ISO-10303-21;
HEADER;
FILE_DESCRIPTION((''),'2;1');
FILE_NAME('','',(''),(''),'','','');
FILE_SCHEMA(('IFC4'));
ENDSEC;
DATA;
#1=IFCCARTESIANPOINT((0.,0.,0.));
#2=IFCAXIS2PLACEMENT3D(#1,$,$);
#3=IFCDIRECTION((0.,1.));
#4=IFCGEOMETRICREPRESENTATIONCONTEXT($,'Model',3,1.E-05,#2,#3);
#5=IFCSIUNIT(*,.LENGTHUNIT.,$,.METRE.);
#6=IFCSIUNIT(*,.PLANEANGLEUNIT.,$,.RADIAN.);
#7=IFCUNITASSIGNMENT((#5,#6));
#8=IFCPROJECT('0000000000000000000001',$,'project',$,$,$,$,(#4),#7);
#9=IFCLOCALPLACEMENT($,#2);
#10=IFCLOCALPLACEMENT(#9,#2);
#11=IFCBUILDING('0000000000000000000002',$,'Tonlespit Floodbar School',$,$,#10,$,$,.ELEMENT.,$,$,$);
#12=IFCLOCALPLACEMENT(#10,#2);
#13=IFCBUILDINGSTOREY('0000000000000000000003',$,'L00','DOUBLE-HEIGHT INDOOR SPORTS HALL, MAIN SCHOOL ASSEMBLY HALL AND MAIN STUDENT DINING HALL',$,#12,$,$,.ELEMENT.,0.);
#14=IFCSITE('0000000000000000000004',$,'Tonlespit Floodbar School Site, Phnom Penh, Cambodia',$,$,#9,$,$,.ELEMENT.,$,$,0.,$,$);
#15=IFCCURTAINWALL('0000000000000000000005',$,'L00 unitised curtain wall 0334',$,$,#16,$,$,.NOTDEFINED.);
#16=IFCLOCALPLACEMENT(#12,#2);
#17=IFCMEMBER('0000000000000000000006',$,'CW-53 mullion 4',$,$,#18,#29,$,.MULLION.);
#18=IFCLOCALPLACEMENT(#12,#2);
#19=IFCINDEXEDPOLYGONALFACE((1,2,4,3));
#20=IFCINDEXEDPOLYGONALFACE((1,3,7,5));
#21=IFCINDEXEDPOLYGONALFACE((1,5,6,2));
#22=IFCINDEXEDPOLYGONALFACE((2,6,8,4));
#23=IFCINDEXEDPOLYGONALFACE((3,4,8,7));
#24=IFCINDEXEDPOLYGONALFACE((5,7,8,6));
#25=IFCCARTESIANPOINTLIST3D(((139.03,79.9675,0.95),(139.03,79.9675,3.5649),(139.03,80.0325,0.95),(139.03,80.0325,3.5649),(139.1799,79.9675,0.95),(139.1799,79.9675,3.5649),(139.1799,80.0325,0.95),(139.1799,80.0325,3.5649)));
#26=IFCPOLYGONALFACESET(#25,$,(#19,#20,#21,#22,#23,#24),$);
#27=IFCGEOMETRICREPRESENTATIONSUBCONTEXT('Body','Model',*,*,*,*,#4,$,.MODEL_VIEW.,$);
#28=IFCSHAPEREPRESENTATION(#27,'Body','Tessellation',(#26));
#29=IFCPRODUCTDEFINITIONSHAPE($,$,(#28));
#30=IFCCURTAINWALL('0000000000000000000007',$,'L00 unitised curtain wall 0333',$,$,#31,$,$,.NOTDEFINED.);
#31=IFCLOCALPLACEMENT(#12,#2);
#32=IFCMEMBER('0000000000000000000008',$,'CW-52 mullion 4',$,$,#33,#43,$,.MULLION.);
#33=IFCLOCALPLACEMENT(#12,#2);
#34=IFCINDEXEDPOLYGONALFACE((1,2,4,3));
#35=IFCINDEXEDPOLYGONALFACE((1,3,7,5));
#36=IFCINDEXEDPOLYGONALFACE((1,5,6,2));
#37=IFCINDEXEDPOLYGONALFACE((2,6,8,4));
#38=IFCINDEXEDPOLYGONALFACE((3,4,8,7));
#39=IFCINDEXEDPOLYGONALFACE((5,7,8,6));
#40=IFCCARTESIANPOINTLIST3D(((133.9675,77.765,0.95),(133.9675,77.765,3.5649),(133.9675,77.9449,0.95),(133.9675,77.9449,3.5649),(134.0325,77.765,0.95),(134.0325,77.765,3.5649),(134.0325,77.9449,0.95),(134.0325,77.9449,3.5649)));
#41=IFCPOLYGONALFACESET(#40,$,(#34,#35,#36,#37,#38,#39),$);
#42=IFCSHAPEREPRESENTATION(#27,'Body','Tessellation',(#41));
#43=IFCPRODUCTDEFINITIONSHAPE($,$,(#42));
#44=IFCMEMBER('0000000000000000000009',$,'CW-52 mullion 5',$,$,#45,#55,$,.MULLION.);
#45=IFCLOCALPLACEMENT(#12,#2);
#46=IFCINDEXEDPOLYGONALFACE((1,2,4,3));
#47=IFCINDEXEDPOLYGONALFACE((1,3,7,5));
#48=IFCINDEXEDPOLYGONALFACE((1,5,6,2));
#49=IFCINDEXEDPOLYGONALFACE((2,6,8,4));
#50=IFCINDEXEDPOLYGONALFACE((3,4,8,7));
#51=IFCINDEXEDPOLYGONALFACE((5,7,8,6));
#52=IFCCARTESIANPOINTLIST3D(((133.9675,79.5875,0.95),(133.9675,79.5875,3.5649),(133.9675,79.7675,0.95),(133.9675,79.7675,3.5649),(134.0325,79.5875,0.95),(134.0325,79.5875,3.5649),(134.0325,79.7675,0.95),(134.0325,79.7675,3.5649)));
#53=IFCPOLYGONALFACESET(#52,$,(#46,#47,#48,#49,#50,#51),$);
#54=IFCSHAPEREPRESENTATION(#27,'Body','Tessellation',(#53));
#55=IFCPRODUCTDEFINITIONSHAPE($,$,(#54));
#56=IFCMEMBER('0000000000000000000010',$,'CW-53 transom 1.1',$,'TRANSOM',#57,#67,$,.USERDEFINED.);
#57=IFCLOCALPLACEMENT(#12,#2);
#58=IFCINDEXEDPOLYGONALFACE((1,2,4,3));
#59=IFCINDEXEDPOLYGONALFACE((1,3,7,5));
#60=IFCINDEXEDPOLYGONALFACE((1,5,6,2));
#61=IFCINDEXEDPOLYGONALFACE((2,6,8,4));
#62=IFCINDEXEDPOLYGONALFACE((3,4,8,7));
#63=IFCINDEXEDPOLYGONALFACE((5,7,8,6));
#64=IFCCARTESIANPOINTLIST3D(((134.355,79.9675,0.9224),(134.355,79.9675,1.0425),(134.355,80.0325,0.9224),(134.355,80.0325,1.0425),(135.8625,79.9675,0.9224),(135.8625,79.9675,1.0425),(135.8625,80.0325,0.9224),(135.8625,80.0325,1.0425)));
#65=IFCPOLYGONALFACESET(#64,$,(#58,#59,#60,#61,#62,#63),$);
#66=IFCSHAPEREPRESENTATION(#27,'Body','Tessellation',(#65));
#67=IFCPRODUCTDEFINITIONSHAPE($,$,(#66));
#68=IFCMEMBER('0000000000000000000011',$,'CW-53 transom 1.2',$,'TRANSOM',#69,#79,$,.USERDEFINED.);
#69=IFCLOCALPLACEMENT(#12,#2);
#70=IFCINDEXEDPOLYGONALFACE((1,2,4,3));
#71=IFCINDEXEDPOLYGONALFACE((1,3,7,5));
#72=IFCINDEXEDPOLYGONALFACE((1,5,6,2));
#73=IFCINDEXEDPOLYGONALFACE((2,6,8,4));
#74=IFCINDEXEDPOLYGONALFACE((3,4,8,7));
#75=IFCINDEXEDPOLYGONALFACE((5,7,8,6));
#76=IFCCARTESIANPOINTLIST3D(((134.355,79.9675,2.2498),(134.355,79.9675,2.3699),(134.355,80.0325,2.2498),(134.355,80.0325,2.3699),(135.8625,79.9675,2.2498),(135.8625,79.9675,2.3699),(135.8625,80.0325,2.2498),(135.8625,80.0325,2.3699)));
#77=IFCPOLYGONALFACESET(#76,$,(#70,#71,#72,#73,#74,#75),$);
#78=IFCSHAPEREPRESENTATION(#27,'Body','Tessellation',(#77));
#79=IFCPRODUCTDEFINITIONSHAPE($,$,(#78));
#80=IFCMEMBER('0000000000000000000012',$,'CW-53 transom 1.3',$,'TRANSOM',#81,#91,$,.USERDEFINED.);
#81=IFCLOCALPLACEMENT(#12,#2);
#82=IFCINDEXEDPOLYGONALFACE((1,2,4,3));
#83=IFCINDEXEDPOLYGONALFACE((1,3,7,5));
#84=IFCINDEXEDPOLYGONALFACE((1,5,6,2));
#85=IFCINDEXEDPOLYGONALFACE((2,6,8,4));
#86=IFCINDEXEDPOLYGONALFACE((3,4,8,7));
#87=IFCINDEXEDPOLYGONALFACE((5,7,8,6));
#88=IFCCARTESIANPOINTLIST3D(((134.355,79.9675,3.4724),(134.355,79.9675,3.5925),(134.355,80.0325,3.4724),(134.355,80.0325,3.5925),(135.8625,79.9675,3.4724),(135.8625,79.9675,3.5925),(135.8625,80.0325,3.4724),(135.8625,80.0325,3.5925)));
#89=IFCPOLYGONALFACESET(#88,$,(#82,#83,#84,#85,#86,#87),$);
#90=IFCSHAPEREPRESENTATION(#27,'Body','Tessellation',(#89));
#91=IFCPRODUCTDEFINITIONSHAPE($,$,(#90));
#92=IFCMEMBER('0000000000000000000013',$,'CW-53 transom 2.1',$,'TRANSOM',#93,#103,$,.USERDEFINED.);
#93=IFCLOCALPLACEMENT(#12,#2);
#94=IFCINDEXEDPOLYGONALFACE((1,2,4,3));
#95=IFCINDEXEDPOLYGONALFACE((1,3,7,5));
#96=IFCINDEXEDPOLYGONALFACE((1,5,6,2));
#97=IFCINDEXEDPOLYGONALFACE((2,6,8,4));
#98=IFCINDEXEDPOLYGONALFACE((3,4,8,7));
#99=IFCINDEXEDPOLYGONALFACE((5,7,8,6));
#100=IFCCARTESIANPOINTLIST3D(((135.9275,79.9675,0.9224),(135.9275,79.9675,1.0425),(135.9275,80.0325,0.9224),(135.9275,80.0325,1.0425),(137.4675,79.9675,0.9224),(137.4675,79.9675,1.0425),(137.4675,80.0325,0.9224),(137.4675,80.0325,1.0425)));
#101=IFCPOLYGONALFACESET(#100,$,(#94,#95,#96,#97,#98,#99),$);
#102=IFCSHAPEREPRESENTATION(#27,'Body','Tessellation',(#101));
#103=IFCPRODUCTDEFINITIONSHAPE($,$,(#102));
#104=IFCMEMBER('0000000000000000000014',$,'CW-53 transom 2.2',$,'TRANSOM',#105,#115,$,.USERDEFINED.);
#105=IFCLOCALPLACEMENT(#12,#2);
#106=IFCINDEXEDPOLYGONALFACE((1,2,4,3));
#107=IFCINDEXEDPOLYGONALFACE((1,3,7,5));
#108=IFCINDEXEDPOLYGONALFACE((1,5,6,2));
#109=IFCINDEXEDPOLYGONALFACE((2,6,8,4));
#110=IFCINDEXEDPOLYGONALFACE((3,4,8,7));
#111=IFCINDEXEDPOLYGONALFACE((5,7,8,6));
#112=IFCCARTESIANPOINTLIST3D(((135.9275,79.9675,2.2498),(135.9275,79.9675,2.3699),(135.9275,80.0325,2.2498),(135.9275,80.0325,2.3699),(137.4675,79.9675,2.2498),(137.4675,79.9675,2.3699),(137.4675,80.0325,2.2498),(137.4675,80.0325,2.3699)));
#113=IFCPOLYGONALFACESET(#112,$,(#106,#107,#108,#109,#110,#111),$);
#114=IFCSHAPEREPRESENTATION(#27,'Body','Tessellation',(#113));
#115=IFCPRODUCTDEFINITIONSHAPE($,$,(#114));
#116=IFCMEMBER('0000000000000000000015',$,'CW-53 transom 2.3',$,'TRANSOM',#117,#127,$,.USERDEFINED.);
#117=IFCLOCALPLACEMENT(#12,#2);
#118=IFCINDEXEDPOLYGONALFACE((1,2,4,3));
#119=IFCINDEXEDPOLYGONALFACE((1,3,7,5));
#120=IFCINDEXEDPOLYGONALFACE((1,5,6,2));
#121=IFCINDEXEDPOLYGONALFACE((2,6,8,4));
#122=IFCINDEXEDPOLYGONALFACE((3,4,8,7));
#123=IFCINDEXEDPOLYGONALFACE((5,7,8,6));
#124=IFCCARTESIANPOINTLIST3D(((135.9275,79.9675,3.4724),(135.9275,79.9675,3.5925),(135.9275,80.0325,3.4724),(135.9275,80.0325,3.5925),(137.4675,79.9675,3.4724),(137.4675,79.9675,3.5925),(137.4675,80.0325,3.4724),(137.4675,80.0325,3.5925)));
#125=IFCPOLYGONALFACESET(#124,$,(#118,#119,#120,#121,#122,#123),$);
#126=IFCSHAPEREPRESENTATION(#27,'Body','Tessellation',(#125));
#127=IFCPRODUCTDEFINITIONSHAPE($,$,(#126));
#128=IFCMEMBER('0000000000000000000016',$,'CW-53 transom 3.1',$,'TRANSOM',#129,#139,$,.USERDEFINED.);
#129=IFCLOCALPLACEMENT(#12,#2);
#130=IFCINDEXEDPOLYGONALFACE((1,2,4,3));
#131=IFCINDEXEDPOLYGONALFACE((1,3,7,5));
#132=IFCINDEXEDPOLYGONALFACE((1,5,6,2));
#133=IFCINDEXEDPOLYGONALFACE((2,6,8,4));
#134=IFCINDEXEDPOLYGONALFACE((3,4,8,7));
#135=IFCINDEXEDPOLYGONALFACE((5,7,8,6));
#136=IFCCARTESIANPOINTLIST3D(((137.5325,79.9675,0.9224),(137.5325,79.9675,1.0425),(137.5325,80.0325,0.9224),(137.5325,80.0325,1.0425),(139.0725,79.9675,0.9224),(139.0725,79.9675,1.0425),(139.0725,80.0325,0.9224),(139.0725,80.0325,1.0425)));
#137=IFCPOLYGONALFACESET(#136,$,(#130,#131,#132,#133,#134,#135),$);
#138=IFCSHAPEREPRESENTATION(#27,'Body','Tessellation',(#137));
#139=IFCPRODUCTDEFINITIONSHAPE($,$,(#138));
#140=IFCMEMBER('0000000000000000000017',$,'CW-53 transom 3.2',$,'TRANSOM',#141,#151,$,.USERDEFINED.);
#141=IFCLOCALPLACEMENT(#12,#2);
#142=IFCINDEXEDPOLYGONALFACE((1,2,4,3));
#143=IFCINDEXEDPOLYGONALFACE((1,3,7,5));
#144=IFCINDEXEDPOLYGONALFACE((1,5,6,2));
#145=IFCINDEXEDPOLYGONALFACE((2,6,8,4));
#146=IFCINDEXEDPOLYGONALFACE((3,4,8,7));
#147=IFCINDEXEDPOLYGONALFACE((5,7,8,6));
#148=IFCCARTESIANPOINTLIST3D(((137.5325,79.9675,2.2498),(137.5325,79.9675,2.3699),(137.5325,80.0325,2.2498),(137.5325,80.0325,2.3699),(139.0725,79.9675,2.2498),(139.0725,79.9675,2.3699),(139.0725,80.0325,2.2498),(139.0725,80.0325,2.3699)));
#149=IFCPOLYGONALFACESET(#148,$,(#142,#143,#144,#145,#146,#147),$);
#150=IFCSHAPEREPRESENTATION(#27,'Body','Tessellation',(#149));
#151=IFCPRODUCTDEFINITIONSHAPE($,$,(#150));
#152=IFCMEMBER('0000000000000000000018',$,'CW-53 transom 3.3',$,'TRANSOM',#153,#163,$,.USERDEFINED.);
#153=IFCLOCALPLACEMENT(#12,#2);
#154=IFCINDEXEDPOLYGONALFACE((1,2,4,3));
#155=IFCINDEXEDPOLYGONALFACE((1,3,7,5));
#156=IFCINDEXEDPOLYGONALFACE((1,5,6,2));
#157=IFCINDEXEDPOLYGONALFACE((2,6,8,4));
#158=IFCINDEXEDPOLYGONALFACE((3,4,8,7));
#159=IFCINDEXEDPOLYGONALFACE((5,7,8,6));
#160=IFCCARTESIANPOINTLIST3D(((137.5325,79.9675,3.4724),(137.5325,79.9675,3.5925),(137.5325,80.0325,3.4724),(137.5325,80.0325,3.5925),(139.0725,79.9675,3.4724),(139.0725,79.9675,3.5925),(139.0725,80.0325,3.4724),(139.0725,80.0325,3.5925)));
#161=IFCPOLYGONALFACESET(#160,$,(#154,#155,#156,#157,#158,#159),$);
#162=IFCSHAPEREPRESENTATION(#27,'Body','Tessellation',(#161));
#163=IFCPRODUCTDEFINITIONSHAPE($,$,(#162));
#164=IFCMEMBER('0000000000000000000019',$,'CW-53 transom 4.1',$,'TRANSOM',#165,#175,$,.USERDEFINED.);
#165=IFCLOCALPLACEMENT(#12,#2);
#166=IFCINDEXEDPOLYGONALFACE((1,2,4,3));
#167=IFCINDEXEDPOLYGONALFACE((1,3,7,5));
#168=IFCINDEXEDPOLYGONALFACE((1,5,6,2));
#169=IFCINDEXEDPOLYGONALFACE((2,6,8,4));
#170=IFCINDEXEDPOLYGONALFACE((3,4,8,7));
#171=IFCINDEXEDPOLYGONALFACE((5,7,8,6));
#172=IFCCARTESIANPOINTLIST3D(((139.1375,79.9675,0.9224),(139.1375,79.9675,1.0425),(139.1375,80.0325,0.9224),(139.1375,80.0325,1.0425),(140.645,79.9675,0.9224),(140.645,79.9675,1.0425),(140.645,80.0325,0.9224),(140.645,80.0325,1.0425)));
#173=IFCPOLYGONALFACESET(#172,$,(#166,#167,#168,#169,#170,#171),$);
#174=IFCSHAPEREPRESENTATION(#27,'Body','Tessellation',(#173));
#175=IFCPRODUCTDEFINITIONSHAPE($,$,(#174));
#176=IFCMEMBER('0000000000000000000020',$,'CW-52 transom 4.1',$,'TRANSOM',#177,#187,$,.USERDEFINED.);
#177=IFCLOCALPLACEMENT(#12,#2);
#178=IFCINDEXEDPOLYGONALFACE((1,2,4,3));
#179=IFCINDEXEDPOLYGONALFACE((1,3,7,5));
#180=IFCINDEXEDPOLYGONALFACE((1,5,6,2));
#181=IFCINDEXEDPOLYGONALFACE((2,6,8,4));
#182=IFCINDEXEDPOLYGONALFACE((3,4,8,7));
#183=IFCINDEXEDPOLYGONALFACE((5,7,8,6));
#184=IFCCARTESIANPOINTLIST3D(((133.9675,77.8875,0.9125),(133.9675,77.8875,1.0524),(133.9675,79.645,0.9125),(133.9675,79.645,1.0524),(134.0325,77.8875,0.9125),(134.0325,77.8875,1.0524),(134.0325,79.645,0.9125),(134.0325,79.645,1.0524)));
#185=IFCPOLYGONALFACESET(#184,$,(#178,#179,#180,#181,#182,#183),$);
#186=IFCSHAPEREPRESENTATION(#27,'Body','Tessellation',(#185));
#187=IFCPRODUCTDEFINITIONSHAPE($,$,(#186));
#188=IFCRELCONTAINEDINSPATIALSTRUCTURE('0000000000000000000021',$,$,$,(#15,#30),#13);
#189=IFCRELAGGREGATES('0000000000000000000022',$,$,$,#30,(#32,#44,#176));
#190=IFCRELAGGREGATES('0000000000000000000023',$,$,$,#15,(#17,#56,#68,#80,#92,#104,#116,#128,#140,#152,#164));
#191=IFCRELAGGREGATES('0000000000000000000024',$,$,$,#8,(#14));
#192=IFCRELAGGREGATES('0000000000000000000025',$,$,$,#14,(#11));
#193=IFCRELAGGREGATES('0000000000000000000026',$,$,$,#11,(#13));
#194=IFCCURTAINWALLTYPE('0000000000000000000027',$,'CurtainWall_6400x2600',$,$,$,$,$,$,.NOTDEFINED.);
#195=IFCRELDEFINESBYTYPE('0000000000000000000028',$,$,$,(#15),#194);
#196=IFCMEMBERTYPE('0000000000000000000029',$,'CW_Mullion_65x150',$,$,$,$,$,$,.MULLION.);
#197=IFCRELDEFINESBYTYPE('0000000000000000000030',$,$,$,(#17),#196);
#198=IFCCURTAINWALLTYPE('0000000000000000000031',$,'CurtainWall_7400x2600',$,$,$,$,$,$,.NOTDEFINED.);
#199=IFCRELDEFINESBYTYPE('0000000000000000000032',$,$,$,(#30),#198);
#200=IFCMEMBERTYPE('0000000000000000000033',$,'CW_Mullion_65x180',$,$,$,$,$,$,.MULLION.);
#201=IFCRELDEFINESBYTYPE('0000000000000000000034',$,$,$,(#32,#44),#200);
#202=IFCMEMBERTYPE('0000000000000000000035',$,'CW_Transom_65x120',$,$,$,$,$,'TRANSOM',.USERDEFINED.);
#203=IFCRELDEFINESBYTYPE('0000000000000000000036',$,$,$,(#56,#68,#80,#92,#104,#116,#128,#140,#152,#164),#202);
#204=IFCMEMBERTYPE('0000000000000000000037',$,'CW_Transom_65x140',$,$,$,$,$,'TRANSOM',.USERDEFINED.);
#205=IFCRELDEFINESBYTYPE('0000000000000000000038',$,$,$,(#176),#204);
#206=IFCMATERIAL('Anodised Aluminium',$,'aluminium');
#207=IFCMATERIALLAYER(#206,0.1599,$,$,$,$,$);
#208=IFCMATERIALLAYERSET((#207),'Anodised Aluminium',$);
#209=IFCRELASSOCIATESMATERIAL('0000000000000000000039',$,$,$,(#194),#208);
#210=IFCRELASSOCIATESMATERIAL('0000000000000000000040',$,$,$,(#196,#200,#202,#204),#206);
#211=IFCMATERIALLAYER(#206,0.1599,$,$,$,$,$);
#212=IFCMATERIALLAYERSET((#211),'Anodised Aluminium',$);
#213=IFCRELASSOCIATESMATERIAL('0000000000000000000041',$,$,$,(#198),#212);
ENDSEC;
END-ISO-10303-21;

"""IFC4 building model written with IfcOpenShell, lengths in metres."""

from ifc_helpers import new_model, si_unit, direction, frame, origin, origin_2d, place, context, subcontext, project, spatial, rectangle, extrude, material, layer, layer_set, material_profile, profile_set, type_object, element, aggregate, save


model = new_model("IFC4")

# Units and contexts
model_context = context("Model", 3, precision=1e-05, world=origin(), true_north=direction((0.0, 1.0)))
body_context = subcontext(model_context, "Body", "Model", "MODEL_VIEW")
ifc_project = project(units=[si_unit("LENGTHUNIT", "METRE"), si_unit("PLANEANGLEUNIT", "RADIAN")], contexts=[model_context])

# Site, building, storey
site_placement = place(None, origin())
site = spatial("IfcSite", under=ifc_project, at=site_placement, Name="Tonlespit Floodbar School Site, Phnom Penh, Cambodia", CompositionType="ELEMENT", RefElevation=0.0)
building_placement = place(site_placement, origin())
building = spatial("IfcBuilding", under=site, at=building_placement, Name="Tonlespit Floodbar School", CompositionType="ELEMENT")
storey_placement = place(building_placement, origin())
storey = spatial("IfcBuildingStorey", under=building, at=storey_placement, Name="L00", Description="DOUBLE-HEIGHT INDOOR SPORTS HALL, MAIN SCHOOL ASSEMBLY HALL AND MAIN STUDENT DINING HALL", CompositionType="ELEMENT", Elevation=0.0)

# Curtain walls, members
ifc_material_1 = material(Name="Anodised Aluminium", Category="aluminium")
ifc_layer_1 = layer(ifc_material_1, 0.1599)
ifc_layer_set_1 = layer_set([ifc_layer_1], Name="Anodised Aluminium")
curtain_wall_type_1 = type_object("IfcCurtainWallType", Name="CurtainWall_6400x2600", PredefinedType="NOTDEFINED", material=ifc_layer_set_1)
curtain_wall_1_placement = place(storey_placement, origin())
curtain_wall_1 = element("IfcCurtainWall", 1, at=curtain_wall_1_placement, inside=storey, type_object=curtain_wall_type_1, Name="L00 unitised curtain wall 0334", PredefinedType="NOTDEFINED")
ifc_material_profile_1 = material_profile(ifc_material_1, rectangle(XDim=0.0649, YDim=0.1499, at=origin_2d()), Name="ALU M65x150")
ifc_profile_set_1 = profile_set([ifc_material_profile_1], Name="Anodised Aluminium")
member_type_1 = type_object("IfcMemberType", Name="CW_Mullion_65x150", PredefinedType="MULLION", material=ifc_profile_set_1)
member_1_placement = place(storey_placement, frame((139.105, 80.0, 0.95), z_axis=(0.0, 0.0, 1.0), x_axis=(0.0, 1.0, 0.0)))
member_1 = element("IfcMember", 2, at=member_1_placement, type_object=member_type_1, Name="CW-53 mullion 4", PredefinedType="MULLION", context=body_context, shape_type="SweptSolid", body=[
    extrude(rectangle(XDim=0.0649, YDim=0.1499, at=origin_2d()), origin(), (0.0, 0.0, 1.0), 2.615),
])
ifc_layer_2 = layer(ifc_material_1, 0.1599)
ifc_layer_set_2 = layer_set([ifc_layer_2], Name="Anodised Aluminium")
curtain_wall_type_2 = type_object("IfcCurtainWallType", Name="CurtainWall_7400x2600", PredefinedType="NOTDEFINED", material=ifc_layer_set_2)
curtain_wall_2_placement = place(storey_placement, origin())
curtain_wall_2 = element("IfcCurtainWall", 3, at=curtain_wall_2_placement, inside=storey, type_object=curtain_wall_type_2, Name="L00 unitised curtain wall 0333", PredefinedType="NOTDEFINED")
ifc_material_profile_2 = material_profile(ifc_material_1, rectangle(XDim=0.0649, YDim=0.1799, at=origin_2d()), Name="ALU M65x180")
ifc_profile_set_2 = profile_set([ifc_material_profile_2], Name="Anodised Aluminium")
member_type_2 = type_object("IfcMemberType", Name="CW_Mullion_65x180", PredefinedType="MULLION", material=ifc_profile_set_2)
member_2_placement = place(storey_placement, frame((134.0, 77.855, 0.95), z_axis=(0.0, 0.0, 1.0), x_axis=(-1.0, 0.0, 0.0)))
member_2 = element("IfcMember", 4, at=member_2_placement, type_object=member_type_2, Name="CW-52 mullion 4", PredefinedType="MULLION", context=body_context, shape_type="SweptSolid", body=[
    extrude(rectangle(XDim=0.0649, YDim=0.1799, at=origin_2d()), origin(), (0.0, 0.0, 1.0), 2.615),
])
member_3_placement = place(storey_placement, frame((134.0, 79.6775, 0.95), z_axis=(0.0, 0.0, 1.0), x_axis=(-1.0, 0.0, 0.0)))
member_3 = element("IfcMember", 5, at=member_3_placement, type_object=member_type_2, Name="CW-52 mullion 5", PredefinedType="MULLION", context=body_context, shape_type="SweptSolid", body=[
    extrude(rectangle(XDim=0.0649, YDim=0.1799, at=origin_2d()), origin(), (0.0, 0.0, 1.0), 2.615),
])

# Members
ifc_material_profile_3 = material_profile(ifc_material_1, rectangle(XDim=0.0649, YDim=0.1201, at=origin_2d()), Name="ALU T65x120")
ifc_profile_set_3 = profile_set([ifc_material_profile_3], Name="Anodised Aluminium")
member_type_3 = type_object("IfcMemberType", Name="CW_Transom_65x120", ElementType="TRANSOM", PredefinedType="USERDEFINED", material=ifc_profile_set_3)
member_4_placement = place(storey_placement, frame((134.355, 80.0, 0.9824), z_axis=(1.0, 0.0, 0.0), x_axis=(0.0, 1.0, 0.0)))
member_4 = element("IfcMember", 6, at=member_4_placement, type_object=member_type_3, Name="CW-53 transom 1.1", ObjectType="TRANSOM", PredefinedType="USERDEFINED", context=body_context, shape_type="SweptSolid", body=[
    extrude(rectangle(XDim=0.0649, YDim=0.1201, at=origin_2d()), origin(), (0.0, 0.0, 1.0), 1.5076),
])
member_5_placement = place(storey_placement, frame((134.355, 80.0, 2.3098), z_axis=(1.0, 0.0, 0.0), x_axis=(0.0, 1.0, 0.0)))
member_5 = element("IfcMember", 7, at=member_5_placement, type_object=member_type_3, Name="CW-53 transom 1.2", ObjectType="TRANSOM", PredefinedType="USERDEFINED", context=body_context, shape_type="SweptSolid", body=[
    extrude(rectangle(XDim=0.0649, YDim=0.1201, at=origin_2d()), origin(), (0.0, 0.0, 1.0), 1.5076),
])
member_6_placement = place(storey_placement, frame((134.355, 80.0, 3.5325), z_axis=(1.0, 0.0, 0.0), x_axis=(0.0, 1.0, 0.0)))
member_6 = element("IfcMember", 8, at=member_6_placement, type_object=member_type_3, Name="CW-53 transom 1.3", ObjectType="TRANSOM", PredefinedType="USERDEFINED", context=body_context, shape_type="SweptSolid", body=[
    extrude(rectangle(XDim=0.0649, YDim=0.1201, at=origin_2d()), origin(), (0.0, 0.0, 1.0), 1.5076),
])
member_7_placement = place(storey_placement, frame((135.9275, 80.0, 0.9824), z_axis=(1.0, 0.0, 0.0), x_axis=(0.0, 1.0, 0.0)))
member_7 = element("IfcMember", 9, at=member_7_placement, type_object=member_type_3, Name="CW-53 transom 2.1", ObjectType="TRANSOM", PredefinedType="USERDEFINED", context=body_context, shape_type="SweptSolid", body=[
    extrude(rectangle(XDim=0.0649, YDim=0.1201, at=origin_2d()), origin(), (0.0, 0.0, 1.0), 1.54),
])
member_8_placement = place(storey_placement, frame((135.9275, 80.0, 2.3098), z_axis=(1.0, 0.0, 0.0), x_axis=(0.0, 1.0, 0.0)))
member_8 = element("IfcMember", 10, at=member_8_placement, type_object=member_type_3, Name="CW-53 transom 2.2", ObjectType="TRANSOM", PredefinedType="USERDEFINED", context=body_context, shape_type="SweptSolid", body=[
    extrude(rectangle(XDim=0.0649, YDim=0.1201, at=origin_2d()), origin(), (0.0, 0.0, 1.0), 1.54),
])
member_9_placement = place(storey_placement, frame((135.9275, 80.0, 3.5325), z_axis=(1.0, 0.0, 0.0), x_axis=(0.0, 1.0, 0.0)))
member_9 = element("IfcMember", 11, at=member_9_placement, type_object=member_type_3, Name="CW-53 transom 2.3", ObjectType="TRANSOM", PredefinedType="USERDEFINED", context=body_context, shape_type="SweptSolid", body=[
    extrude(rectangle(XDim=0.0649, YDim=0.1201, at=origin_2d()), origin(), (0.0, 0.0, 1.0), 1.54),
])
member_10_placement = place(storey_placement, frame((137.5325, 80.0, 0.9824), z_axis=(1.0, 0.0, 0.0), x_axis=(0.0, 1.0, 0.0)))
member_10 = element("IfcMember", 12, at=member_10_placement, type_object=member_type_3, Name="CW-53 transom 3.1", ObjectType="TRANSOM", PredefinedType="USERDEFINED", context=body_context, shape_type="SweptSolid", body=[
    extrude(rectangle(XDim=0.0649, YDim=0.1201, at=origin_2d()), origin(), (0.0, 0.0, 1.0), 1.54),
])
member_11_placement = place(storey_placement, frame((137.5325, 80.0, 2.3098), z_axis=(1.0, 0.0, 0.0), x_axis=(0.0, 1.0, 0.0)))
member_11 = element("IfcMember", 13, at=member_11_placement, type_object=member_type_3, Name="CW-53 transom 3.2", ObjectType="TRANSOM", PredefinedType="USERDEFINED", context=body_context, shape_type="SweptSolid", body=[
    extrude(rectangle(XDim=0.0649, YDim=0.1201, at=origin_2d()), origin(), (0.0, 0.0, 1.0), 1.54),
])
member_12_placement = place(storey_placement, frame((137.5325, 80.0, 3.5325), z_axis=(1.0, 0.0, 0.0), x_axis=(0.0, 1.0, 0.0)))
member_12 = element("IfcMember", 14, at=member_12_placement, type_object=member_type_3, Name="CW-53 transom 3.3", ObjectType="TRANSOM", PredefinedType="USERDEFINED", context=body_context, shape_type="SweptSolid", body=[
    extrude(rectangle(XDim=0.0649, YDim=0.1201, at=origin_2d()), origin(), (0.0, 0.0, 1.0), 1.54),
])
member_13_placement = place(storey_placement, frame((139.1375, 80.0, 0.9824), z_axis=(1.0, 0.0, 0.0), x_axis=(0.0, 1.0, 0.0)))
member_13 = element("IfcMember", 15, at=member_13_placement, type_object=member_type_3, Name="CW-53 transom 4.1", ObjectType="TRANSOM", PredefinedType="USERDEFINED", context=body_context, shape_type="SweptSolid", body=[
    extrude(rectangle(XDim=0.0649, YDim=0.1201, at=origin_2d()), origin(), (0.0, 0.0, 1.0), 1.5076),
])
ifc_material_profile_4 = material_profile(ifc_material_1, rectangle(XDim=0.0649, YDim=0.1399, at=origin_2d()), Name="ALU T65x140")
ifc_profile_set_4 = profile_set([ifc_material_profile_4], Name="Anodised Aluminium")
member_type_4 = type_object("IfcMemberType", Name="CW_Transom_65x140", ElementType="TRANSOM", PredefinedType="USERDEFINED", material=ifc_profile_set_4)
member_14_placement = place(storey_placement, frame((134.0, 77.8875, 0.9824), z_axis=(0.0, 1.0, 0.0), x_axis=(-1.0, 0.0, 0.0)))
member_14 = element("IfcMember", 16, at=member_14_placement, type_object=member_type_4, Name="CW-52 transom 4.1", ObjectType="TRANSOM", PredefinedType="USERDEFINED", context=body_context, shape_type="SweptSolid", body=[
    extrude(rectangle(XDim=0.0649, YDim=0.1399, at=origin_2d()), origin(), (0.0, 0.0, 1.0), 1.7576),
])

aggregate(curtain_wall_2, [member_2, member_3, member_14])
aggregate(curtain_wall_1, [member_1, member_4, member_5, member_6, member_7, member_8, member_9, member_10, member_11, member_12, member_13])

save(model, "model.ifc")
